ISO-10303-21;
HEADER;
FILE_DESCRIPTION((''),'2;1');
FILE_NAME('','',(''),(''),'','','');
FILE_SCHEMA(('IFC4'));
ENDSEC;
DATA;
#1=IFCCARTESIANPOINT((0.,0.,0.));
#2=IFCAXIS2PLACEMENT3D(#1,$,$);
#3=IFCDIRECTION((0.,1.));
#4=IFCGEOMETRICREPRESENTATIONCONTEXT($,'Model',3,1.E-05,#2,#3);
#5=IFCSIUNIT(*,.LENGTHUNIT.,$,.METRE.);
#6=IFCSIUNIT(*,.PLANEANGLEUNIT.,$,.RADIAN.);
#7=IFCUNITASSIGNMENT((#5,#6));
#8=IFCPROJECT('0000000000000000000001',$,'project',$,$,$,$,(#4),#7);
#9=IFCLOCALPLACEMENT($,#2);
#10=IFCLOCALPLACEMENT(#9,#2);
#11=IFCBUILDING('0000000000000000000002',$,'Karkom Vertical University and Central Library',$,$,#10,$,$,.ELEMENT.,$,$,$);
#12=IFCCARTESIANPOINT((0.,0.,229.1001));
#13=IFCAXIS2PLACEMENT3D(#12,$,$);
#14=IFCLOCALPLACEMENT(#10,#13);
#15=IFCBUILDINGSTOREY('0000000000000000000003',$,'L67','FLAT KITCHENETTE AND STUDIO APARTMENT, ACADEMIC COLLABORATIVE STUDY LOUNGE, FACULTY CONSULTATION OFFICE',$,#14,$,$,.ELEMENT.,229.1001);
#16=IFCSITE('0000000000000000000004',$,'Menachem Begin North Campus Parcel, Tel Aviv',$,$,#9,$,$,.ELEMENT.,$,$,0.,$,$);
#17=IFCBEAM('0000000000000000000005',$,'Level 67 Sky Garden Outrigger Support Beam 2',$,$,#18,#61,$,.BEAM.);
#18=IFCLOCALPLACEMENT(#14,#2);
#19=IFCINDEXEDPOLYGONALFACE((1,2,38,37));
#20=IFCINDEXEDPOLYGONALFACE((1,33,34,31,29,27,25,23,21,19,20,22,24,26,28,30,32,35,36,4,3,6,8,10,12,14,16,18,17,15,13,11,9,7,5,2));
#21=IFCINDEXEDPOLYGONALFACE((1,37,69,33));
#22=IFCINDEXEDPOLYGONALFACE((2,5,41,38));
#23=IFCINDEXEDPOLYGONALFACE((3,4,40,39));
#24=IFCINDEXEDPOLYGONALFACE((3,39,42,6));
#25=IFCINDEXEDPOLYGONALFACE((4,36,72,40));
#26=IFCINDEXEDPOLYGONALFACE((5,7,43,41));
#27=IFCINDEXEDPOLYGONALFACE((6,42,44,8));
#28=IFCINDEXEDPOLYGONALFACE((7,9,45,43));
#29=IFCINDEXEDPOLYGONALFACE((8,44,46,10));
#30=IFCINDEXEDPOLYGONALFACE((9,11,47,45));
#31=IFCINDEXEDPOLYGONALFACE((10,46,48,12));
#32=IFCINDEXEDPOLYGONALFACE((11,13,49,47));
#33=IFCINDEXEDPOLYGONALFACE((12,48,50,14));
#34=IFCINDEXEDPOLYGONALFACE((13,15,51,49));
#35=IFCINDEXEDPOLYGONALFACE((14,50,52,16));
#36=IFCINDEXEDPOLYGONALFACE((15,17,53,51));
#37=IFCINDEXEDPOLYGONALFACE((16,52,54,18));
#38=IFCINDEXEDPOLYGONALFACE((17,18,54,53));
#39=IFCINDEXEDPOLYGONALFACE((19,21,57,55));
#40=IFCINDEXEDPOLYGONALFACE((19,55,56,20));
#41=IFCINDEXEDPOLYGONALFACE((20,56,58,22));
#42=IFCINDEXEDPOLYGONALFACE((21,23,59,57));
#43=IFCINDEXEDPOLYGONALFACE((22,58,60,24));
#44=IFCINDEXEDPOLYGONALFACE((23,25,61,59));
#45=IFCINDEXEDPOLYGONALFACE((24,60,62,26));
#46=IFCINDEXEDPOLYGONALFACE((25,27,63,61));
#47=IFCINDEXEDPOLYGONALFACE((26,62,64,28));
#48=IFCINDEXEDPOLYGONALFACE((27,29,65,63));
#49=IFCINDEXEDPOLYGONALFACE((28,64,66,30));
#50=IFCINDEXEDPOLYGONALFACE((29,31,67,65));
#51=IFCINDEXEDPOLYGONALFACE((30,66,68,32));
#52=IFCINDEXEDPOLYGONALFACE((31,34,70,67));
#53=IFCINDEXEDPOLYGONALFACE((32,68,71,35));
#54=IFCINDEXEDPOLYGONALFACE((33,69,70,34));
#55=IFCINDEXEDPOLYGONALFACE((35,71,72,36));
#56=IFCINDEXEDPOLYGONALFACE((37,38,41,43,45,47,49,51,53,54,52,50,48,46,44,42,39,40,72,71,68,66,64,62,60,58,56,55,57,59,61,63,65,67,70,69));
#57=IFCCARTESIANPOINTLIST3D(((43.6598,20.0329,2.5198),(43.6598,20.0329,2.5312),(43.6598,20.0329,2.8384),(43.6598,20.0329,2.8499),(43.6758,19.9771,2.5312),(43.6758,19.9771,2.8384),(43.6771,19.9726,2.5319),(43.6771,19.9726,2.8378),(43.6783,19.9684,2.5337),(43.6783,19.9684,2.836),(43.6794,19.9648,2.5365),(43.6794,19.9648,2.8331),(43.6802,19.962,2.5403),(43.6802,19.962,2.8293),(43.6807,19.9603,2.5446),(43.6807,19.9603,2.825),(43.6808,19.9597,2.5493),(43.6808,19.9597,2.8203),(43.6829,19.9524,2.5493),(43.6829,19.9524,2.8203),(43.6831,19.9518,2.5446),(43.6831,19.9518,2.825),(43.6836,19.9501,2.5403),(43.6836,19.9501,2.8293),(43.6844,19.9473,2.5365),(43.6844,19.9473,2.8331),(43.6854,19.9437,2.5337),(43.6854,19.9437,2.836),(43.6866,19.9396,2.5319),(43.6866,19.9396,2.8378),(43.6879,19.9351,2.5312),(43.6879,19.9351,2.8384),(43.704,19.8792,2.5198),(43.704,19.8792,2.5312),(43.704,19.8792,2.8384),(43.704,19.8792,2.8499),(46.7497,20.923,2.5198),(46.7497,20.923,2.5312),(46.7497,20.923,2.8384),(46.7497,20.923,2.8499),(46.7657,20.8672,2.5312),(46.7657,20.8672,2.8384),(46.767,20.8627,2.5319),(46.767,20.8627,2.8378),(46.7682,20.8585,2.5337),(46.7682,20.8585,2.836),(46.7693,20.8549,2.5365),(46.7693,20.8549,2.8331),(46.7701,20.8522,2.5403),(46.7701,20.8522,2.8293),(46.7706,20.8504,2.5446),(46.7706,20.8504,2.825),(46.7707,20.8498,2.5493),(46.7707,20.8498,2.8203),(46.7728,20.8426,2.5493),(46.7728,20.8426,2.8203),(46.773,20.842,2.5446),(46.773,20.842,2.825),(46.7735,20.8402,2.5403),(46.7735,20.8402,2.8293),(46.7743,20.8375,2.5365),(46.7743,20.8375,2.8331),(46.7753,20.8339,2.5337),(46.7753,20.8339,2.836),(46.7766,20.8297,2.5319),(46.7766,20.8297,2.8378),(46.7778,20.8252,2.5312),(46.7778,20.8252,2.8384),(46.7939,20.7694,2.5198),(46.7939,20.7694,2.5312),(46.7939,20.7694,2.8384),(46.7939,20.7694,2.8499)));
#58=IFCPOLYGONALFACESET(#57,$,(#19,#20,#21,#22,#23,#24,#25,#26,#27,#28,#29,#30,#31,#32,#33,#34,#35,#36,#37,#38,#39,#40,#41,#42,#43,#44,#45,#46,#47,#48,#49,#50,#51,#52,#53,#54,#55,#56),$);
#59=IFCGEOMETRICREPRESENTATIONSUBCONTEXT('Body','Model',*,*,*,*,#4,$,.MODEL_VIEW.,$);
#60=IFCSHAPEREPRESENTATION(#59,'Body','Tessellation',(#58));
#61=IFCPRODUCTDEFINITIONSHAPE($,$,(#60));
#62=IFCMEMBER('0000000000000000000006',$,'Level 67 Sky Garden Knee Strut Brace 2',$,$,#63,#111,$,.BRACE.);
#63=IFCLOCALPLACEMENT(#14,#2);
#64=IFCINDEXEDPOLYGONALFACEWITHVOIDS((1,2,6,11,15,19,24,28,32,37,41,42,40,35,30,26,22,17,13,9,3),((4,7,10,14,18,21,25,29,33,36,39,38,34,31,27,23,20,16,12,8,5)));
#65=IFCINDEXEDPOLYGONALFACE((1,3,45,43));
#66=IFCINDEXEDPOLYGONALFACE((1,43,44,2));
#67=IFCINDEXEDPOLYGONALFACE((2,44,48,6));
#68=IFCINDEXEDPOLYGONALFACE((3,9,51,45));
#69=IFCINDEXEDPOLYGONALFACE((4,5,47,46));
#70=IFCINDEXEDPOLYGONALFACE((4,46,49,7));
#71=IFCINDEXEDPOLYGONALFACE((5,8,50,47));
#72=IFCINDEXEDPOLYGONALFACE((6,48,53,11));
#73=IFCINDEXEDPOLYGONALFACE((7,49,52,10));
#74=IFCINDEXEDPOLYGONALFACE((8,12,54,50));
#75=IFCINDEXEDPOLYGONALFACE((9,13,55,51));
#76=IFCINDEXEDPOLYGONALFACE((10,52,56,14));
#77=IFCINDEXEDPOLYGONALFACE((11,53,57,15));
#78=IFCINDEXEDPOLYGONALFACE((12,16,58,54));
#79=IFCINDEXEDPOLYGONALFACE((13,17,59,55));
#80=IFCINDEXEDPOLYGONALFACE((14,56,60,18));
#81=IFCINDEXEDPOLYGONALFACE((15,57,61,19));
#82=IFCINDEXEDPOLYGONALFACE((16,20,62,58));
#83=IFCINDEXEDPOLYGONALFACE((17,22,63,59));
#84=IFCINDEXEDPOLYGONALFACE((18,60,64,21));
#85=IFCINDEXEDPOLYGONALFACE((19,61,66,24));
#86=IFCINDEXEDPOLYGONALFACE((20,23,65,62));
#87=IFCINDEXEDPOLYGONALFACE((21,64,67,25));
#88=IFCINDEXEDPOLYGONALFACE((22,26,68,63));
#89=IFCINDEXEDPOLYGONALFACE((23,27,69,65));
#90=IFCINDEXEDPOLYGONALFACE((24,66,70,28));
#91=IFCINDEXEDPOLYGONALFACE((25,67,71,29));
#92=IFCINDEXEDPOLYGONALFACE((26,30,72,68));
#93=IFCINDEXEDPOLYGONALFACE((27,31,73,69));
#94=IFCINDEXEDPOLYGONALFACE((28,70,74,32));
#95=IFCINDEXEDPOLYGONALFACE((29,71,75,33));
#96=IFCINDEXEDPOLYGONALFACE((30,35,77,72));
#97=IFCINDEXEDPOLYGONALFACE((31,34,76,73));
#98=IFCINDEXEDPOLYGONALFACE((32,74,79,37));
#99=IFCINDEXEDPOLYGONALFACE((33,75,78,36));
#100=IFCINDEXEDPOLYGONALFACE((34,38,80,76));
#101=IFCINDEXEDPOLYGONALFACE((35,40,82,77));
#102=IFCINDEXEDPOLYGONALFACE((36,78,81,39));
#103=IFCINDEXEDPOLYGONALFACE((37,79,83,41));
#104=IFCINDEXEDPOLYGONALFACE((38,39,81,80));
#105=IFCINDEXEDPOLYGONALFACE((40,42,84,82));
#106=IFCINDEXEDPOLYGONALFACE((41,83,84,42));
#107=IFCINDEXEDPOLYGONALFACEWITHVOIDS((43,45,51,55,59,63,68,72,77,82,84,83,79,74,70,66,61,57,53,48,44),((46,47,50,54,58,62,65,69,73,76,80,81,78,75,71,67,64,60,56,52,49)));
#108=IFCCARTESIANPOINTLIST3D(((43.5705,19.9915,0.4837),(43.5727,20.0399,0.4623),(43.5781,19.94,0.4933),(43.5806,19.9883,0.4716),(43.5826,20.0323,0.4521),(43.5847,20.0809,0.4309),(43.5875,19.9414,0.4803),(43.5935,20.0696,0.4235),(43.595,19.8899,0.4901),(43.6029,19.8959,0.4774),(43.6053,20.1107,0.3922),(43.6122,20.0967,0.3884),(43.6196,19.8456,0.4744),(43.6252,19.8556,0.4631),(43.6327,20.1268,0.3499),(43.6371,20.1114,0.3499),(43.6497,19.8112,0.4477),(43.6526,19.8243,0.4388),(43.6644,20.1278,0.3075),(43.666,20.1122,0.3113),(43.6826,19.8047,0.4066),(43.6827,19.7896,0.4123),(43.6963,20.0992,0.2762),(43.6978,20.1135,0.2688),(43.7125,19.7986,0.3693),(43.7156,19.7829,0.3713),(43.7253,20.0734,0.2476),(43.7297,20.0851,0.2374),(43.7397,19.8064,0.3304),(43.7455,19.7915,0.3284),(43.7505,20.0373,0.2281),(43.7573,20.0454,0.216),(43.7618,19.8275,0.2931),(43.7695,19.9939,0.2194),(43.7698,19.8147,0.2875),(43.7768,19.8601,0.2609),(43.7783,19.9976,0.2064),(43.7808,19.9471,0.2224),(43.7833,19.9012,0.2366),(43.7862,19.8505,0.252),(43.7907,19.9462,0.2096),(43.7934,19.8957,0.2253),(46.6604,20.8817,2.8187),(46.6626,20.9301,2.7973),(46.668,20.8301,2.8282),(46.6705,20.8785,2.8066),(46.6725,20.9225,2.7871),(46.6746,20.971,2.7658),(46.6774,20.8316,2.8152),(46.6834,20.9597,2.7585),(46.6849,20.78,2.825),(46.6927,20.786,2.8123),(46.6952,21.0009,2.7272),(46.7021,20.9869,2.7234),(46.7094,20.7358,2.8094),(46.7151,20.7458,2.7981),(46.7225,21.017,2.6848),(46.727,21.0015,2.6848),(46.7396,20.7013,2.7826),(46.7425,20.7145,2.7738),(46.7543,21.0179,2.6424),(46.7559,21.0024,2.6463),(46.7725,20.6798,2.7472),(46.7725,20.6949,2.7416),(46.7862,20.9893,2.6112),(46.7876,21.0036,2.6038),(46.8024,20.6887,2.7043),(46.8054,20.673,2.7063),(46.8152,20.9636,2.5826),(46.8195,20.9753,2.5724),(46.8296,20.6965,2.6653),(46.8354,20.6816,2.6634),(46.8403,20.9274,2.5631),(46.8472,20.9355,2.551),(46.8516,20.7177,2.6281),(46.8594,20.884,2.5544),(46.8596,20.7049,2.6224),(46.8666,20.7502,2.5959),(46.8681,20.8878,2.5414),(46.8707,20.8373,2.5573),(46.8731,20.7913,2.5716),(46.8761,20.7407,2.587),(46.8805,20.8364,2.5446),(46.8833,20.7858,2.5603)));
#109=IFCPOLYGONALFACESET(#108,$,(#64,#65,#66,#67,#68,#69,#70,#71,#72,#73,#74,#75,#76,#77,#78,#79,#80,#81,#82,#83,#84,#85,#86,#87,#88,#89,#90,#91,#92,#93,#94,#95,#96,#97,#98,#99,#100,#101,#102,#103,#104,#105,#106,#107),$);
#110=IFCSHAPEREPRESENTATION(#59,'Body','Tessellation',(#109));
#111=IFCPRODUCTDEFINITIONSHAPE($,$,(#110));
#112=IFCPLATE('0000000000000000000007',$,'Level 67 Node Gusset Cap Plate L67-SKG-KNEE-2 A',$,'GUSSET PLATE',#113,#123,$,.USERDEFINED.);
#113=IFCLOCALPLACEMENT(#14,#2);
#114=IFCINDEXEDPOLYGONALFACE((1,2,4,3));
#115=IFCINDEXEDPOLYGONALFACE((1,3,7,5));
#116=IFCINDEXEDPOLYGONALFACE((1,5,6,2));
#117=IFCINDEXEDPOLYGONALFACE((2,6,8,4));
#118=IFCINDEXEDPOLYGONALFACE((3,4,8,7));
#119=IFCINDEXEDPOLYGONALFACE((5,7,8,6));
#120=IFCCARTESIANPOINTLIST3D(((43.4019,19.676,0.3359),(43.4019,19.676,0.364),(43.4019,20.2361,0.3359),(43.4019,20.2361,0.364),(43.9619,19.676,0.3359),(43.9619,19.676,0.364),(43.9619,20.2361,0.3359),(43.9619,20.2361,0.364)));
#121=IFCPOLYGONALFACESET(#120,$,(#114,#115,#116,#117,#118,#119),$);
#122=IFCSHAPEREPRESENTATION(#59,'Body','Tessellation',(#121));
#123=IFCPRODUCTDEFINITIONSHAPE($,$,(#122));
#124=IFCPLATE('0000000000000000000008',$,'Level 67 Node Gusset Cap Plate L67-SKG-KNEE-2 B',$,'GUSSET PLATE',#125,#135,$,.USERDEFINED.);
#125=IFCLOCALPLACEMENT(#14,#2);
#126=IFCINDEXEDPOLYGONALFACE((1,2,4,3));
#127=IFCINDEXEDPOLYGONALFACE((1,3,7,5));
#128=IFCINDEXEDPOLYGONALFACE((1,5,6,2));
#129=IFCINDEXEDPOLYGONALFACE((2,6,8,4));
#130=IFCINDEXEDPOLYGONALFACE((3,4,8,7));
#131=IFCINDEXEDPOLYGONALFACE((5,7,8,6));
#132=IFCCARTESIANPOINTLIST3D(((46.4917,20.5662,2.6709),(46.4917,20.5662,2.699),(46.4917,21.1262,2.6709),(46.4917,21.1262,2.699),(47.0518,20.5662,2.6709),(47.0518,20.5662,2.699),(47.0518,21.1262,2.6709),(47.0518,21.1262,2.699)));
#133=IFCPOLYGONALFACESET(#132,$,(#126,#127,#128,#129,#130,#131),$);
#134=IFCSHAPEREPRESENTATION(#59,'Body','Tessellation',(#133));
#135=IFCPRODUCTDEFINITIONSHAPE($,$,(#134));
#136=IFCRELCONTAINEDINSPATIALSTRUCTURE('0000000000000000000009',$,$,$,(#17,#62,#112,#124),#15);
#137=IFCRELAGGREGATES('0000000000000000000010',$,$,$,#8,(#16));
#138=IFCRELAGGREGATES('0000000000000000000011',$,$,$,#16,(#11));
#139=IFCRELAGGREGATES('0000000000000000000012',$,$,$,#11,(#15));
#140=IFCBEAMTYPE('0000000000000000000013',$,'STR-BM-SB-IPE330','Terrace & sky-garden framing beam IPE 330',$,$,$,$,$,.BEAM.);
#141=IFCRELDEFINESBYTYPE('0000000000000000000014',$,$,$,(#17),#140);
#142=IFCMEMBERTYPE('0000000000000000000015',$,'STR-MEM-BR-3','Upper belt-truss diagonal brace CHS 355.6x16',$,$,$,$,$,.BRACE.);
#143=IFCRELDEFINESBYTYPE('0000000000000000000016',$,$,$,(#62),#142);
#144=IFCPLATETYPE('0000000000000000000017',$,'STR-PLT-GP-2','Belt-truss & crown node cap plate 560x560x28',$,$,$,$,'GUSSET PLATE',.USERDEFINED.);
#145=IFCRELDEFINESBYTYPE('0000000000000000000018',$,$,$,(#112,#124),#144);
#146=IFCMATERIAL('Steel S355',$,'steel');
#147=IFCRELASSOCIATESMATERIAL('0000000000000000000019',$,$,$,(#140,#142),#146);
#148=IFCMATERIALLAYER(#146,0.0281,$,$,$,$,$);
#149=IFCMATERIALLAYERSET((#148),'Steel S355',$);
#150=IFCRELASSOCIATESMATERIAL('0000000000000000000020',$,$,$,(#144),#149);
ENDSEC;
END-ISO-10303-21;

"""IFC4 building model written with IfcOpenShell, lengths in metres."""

from ifc_helpers import new_model, si_unit, direction, frame, origin, origin_with_axes, origin_2d, place, context, subcontext, project, spatial, rectangle, hollow_circle, i_section, extrude, source, transform, mapped, material, layer, layer_set, material_profile, profile_set, type_object, element, save


model = new_model("IFC4")

# Units and contexts
model_context = context("Model", 3, precision=1e-05, world=origin(), true_north=direction((0.0, 1.0)))
body_context = subcontext(model_context, "Body", "Model", "MODEL_VIEW")
ifc_project = project(units=[si_unit("LENGTHUNIT", "METRE"), si_unit("PLANEANGLEUNIT", "RADIAN")], contexts=[model_context])

# Site, building, storey
site_placement = place(None, origin())
site = spatial("IfcSite", under=ifc_project, at=site_placement, Name="Menachem Begin North Campus Parcel, Tel Aviv", CompositionType="ELEMENT", RefElevation=0.0)
building_placement = place(site_placement, origin())
building = spatial("IfcBuilding", under=site, at=building_placement, Name="Karkom Vertical University and Central Library", CompositionType="ELEMENT")
storey_placement = place(building_placement, frame((0.0, 0.0, 229.1001)))
storey = spatial("IfcBuildingStorey", under=building, at=storey_placement, Name="L67", Description="FLAT KITCHENETTE AND STUDIO APARTMENT, ACADEMIC COLLABORATIVE STUDY LOUNGE, FACULTY CONSULTATION OFFICE", CompositionType="ELEMENT", Elevation=229.1001)

# Beam
ifc_material_1 = material(Name="Steel S355", Category="steel")
ifc_material_profile_1 = material_profile(ifc_material_1, i_section(OverallWidth=0.1599, OverallDepth=0.3301, WebThickness=0.0076, FlangeThickness=0.0115, FilletRadius=0.0181, at=origin_2d()), Name="IPE 330")
ifc_profile_set_1 = profile_set([ifc_material_profile_1], Name="Steel S355")
beam_type_1 = type_object("IfcBeamType", Name="STR-BM-SB-IPE330", Description="Terrace & sky-garden framing beam IPE 330", PredefinedType="BEAM", material=ifc_profile_set_1)
shared_shape_1 = source(origin_with_axes(), body_context, "Body", "SweptSolid", [
    extrude(i_section(OverallWidth=0.1599, OverallDepth=0.3301, WebThickness=0.0076, FlangeThickness=0.0115, FilletRadius=0.0181, at=origin_2d()), origin(), (0.0, 0.0, 1.0), 3.2156),
])
beam_1_placement = place(storey_placement, frame((43.6819, 19.9561, 2.6848), z_axis=(0.96092, 0.276826, 0.0), x_axis=(-0.276826, 0.96092, 0.0)))
element("IfcBeam", 1, at=beam_1_placement, inside=storey, type_object=beam_type_1, Name="Level 67 Sky Garden Outrigger Support Beam 2", PredefinedType="BEAM", context=body_context, shape_type="MappedRepresentation", body=[
    mapped(shared_shape_1, transform((0.0, 0.0, 0.0), scale=1.0)),
])

# Member
ifc_material_profile_2 = material_profile(ifc_material_1, hollow_circle(Radius=0.1777, WallThickness=0.0161, at=origin_2d()), Name="CHS 355.6x16")
ifc_profile_set_2 = profile_set([ifc_material_profile_2], Name="Steel S355")
member_type = type_object("IfcMemberType", Name="STR-MEM-BR-3", Description="Upper belt-truss diagonal brace CHS 355.6x16", PredefinedType="BRACE", material=ifc_profile_set_2)
shared_shape_2 = source(origin_with_axes(), body_context, "Body", "SweptSolid", [
    extrude(hollow_circle(Radius=0.1777, WallThickness=0.0161, at=origin_2d()), origin(), (0.0, 0.0, 1.0), 3.9739),
])
member_placement = place(storey_placement, frame((43.6819, 19.9561, 0.3499), z_axis=(0.777543, 0.223998, 0.587581), x_axis=(-0.276826, 0.96092, 0.0)))
element("IfcMember", 2, at=member_placement, inside=storey, type_object=member_type, Name="Level 67 Sky Garden Knee Strut Brace 2", PredefinedType="BRACE", context=body_context, shape_type="MappedRepresentation", body=[
    mapped(shared_shape_2, transform((0.0, 0.0, 0.0), scale=1.0)),
])

# Plates
ifc_layer_1 = layer(ifc_material_1, 0.0281)
ifc_layer_set_1 = layer_set([ifc_layer_1], Name="Steel S355")
plate_type = type_object("IfcPlateType", Name="STR-PLT-GP-2", Description="Belt-truss & crown node cap plate 560x560x28", ElementType="GUSSET PLATE", PredefinedType="USERDEFINED", material=ifc_layer_set_1)
shared_shape_3 = source(origin_with_axes(), body_context, "Body", "SweptSolid", [
    extrude(rectangle(XDim=0.5601, YDim=0.5601, at=origin_2d()), origin(), (0.0, 0.0, 1.0), 0.0281),
])
for number, where, z_axis, x_axis, name in (
    (3, (43.6819, 19.9561, 0.3359), (0.0, 0.0, 1.0), (1.0, 0.0, 0.0), "Level 67 Node Gusset Cap Plate L67-SKG-KNEE-2 A"),
    (4, (46.7717, 20.8462, 2.6709), (0.0, 0.0, 1.0), (1.0, 0.0, 0.0), "Level 67 Node Gusset Cap Plate L67-SKG-KNEE-2 B"),
):
    element("IfcPlate", number, at=place(storey_placement, frame(where, z_axis=z_axis, x_axis=x_axis)), inside=storey, type_object=plate_type, Name=name, ObjectType="GUSSET PLATE", PredefinedType="USERDEFINED", context=body_context, shape_type="MappedRepresentation", body=[
        mapped(shared_shape_3, transform((0.0, 0.0, 0.0), scale=1.0)),
    ])

save(model, "model.ifc")
